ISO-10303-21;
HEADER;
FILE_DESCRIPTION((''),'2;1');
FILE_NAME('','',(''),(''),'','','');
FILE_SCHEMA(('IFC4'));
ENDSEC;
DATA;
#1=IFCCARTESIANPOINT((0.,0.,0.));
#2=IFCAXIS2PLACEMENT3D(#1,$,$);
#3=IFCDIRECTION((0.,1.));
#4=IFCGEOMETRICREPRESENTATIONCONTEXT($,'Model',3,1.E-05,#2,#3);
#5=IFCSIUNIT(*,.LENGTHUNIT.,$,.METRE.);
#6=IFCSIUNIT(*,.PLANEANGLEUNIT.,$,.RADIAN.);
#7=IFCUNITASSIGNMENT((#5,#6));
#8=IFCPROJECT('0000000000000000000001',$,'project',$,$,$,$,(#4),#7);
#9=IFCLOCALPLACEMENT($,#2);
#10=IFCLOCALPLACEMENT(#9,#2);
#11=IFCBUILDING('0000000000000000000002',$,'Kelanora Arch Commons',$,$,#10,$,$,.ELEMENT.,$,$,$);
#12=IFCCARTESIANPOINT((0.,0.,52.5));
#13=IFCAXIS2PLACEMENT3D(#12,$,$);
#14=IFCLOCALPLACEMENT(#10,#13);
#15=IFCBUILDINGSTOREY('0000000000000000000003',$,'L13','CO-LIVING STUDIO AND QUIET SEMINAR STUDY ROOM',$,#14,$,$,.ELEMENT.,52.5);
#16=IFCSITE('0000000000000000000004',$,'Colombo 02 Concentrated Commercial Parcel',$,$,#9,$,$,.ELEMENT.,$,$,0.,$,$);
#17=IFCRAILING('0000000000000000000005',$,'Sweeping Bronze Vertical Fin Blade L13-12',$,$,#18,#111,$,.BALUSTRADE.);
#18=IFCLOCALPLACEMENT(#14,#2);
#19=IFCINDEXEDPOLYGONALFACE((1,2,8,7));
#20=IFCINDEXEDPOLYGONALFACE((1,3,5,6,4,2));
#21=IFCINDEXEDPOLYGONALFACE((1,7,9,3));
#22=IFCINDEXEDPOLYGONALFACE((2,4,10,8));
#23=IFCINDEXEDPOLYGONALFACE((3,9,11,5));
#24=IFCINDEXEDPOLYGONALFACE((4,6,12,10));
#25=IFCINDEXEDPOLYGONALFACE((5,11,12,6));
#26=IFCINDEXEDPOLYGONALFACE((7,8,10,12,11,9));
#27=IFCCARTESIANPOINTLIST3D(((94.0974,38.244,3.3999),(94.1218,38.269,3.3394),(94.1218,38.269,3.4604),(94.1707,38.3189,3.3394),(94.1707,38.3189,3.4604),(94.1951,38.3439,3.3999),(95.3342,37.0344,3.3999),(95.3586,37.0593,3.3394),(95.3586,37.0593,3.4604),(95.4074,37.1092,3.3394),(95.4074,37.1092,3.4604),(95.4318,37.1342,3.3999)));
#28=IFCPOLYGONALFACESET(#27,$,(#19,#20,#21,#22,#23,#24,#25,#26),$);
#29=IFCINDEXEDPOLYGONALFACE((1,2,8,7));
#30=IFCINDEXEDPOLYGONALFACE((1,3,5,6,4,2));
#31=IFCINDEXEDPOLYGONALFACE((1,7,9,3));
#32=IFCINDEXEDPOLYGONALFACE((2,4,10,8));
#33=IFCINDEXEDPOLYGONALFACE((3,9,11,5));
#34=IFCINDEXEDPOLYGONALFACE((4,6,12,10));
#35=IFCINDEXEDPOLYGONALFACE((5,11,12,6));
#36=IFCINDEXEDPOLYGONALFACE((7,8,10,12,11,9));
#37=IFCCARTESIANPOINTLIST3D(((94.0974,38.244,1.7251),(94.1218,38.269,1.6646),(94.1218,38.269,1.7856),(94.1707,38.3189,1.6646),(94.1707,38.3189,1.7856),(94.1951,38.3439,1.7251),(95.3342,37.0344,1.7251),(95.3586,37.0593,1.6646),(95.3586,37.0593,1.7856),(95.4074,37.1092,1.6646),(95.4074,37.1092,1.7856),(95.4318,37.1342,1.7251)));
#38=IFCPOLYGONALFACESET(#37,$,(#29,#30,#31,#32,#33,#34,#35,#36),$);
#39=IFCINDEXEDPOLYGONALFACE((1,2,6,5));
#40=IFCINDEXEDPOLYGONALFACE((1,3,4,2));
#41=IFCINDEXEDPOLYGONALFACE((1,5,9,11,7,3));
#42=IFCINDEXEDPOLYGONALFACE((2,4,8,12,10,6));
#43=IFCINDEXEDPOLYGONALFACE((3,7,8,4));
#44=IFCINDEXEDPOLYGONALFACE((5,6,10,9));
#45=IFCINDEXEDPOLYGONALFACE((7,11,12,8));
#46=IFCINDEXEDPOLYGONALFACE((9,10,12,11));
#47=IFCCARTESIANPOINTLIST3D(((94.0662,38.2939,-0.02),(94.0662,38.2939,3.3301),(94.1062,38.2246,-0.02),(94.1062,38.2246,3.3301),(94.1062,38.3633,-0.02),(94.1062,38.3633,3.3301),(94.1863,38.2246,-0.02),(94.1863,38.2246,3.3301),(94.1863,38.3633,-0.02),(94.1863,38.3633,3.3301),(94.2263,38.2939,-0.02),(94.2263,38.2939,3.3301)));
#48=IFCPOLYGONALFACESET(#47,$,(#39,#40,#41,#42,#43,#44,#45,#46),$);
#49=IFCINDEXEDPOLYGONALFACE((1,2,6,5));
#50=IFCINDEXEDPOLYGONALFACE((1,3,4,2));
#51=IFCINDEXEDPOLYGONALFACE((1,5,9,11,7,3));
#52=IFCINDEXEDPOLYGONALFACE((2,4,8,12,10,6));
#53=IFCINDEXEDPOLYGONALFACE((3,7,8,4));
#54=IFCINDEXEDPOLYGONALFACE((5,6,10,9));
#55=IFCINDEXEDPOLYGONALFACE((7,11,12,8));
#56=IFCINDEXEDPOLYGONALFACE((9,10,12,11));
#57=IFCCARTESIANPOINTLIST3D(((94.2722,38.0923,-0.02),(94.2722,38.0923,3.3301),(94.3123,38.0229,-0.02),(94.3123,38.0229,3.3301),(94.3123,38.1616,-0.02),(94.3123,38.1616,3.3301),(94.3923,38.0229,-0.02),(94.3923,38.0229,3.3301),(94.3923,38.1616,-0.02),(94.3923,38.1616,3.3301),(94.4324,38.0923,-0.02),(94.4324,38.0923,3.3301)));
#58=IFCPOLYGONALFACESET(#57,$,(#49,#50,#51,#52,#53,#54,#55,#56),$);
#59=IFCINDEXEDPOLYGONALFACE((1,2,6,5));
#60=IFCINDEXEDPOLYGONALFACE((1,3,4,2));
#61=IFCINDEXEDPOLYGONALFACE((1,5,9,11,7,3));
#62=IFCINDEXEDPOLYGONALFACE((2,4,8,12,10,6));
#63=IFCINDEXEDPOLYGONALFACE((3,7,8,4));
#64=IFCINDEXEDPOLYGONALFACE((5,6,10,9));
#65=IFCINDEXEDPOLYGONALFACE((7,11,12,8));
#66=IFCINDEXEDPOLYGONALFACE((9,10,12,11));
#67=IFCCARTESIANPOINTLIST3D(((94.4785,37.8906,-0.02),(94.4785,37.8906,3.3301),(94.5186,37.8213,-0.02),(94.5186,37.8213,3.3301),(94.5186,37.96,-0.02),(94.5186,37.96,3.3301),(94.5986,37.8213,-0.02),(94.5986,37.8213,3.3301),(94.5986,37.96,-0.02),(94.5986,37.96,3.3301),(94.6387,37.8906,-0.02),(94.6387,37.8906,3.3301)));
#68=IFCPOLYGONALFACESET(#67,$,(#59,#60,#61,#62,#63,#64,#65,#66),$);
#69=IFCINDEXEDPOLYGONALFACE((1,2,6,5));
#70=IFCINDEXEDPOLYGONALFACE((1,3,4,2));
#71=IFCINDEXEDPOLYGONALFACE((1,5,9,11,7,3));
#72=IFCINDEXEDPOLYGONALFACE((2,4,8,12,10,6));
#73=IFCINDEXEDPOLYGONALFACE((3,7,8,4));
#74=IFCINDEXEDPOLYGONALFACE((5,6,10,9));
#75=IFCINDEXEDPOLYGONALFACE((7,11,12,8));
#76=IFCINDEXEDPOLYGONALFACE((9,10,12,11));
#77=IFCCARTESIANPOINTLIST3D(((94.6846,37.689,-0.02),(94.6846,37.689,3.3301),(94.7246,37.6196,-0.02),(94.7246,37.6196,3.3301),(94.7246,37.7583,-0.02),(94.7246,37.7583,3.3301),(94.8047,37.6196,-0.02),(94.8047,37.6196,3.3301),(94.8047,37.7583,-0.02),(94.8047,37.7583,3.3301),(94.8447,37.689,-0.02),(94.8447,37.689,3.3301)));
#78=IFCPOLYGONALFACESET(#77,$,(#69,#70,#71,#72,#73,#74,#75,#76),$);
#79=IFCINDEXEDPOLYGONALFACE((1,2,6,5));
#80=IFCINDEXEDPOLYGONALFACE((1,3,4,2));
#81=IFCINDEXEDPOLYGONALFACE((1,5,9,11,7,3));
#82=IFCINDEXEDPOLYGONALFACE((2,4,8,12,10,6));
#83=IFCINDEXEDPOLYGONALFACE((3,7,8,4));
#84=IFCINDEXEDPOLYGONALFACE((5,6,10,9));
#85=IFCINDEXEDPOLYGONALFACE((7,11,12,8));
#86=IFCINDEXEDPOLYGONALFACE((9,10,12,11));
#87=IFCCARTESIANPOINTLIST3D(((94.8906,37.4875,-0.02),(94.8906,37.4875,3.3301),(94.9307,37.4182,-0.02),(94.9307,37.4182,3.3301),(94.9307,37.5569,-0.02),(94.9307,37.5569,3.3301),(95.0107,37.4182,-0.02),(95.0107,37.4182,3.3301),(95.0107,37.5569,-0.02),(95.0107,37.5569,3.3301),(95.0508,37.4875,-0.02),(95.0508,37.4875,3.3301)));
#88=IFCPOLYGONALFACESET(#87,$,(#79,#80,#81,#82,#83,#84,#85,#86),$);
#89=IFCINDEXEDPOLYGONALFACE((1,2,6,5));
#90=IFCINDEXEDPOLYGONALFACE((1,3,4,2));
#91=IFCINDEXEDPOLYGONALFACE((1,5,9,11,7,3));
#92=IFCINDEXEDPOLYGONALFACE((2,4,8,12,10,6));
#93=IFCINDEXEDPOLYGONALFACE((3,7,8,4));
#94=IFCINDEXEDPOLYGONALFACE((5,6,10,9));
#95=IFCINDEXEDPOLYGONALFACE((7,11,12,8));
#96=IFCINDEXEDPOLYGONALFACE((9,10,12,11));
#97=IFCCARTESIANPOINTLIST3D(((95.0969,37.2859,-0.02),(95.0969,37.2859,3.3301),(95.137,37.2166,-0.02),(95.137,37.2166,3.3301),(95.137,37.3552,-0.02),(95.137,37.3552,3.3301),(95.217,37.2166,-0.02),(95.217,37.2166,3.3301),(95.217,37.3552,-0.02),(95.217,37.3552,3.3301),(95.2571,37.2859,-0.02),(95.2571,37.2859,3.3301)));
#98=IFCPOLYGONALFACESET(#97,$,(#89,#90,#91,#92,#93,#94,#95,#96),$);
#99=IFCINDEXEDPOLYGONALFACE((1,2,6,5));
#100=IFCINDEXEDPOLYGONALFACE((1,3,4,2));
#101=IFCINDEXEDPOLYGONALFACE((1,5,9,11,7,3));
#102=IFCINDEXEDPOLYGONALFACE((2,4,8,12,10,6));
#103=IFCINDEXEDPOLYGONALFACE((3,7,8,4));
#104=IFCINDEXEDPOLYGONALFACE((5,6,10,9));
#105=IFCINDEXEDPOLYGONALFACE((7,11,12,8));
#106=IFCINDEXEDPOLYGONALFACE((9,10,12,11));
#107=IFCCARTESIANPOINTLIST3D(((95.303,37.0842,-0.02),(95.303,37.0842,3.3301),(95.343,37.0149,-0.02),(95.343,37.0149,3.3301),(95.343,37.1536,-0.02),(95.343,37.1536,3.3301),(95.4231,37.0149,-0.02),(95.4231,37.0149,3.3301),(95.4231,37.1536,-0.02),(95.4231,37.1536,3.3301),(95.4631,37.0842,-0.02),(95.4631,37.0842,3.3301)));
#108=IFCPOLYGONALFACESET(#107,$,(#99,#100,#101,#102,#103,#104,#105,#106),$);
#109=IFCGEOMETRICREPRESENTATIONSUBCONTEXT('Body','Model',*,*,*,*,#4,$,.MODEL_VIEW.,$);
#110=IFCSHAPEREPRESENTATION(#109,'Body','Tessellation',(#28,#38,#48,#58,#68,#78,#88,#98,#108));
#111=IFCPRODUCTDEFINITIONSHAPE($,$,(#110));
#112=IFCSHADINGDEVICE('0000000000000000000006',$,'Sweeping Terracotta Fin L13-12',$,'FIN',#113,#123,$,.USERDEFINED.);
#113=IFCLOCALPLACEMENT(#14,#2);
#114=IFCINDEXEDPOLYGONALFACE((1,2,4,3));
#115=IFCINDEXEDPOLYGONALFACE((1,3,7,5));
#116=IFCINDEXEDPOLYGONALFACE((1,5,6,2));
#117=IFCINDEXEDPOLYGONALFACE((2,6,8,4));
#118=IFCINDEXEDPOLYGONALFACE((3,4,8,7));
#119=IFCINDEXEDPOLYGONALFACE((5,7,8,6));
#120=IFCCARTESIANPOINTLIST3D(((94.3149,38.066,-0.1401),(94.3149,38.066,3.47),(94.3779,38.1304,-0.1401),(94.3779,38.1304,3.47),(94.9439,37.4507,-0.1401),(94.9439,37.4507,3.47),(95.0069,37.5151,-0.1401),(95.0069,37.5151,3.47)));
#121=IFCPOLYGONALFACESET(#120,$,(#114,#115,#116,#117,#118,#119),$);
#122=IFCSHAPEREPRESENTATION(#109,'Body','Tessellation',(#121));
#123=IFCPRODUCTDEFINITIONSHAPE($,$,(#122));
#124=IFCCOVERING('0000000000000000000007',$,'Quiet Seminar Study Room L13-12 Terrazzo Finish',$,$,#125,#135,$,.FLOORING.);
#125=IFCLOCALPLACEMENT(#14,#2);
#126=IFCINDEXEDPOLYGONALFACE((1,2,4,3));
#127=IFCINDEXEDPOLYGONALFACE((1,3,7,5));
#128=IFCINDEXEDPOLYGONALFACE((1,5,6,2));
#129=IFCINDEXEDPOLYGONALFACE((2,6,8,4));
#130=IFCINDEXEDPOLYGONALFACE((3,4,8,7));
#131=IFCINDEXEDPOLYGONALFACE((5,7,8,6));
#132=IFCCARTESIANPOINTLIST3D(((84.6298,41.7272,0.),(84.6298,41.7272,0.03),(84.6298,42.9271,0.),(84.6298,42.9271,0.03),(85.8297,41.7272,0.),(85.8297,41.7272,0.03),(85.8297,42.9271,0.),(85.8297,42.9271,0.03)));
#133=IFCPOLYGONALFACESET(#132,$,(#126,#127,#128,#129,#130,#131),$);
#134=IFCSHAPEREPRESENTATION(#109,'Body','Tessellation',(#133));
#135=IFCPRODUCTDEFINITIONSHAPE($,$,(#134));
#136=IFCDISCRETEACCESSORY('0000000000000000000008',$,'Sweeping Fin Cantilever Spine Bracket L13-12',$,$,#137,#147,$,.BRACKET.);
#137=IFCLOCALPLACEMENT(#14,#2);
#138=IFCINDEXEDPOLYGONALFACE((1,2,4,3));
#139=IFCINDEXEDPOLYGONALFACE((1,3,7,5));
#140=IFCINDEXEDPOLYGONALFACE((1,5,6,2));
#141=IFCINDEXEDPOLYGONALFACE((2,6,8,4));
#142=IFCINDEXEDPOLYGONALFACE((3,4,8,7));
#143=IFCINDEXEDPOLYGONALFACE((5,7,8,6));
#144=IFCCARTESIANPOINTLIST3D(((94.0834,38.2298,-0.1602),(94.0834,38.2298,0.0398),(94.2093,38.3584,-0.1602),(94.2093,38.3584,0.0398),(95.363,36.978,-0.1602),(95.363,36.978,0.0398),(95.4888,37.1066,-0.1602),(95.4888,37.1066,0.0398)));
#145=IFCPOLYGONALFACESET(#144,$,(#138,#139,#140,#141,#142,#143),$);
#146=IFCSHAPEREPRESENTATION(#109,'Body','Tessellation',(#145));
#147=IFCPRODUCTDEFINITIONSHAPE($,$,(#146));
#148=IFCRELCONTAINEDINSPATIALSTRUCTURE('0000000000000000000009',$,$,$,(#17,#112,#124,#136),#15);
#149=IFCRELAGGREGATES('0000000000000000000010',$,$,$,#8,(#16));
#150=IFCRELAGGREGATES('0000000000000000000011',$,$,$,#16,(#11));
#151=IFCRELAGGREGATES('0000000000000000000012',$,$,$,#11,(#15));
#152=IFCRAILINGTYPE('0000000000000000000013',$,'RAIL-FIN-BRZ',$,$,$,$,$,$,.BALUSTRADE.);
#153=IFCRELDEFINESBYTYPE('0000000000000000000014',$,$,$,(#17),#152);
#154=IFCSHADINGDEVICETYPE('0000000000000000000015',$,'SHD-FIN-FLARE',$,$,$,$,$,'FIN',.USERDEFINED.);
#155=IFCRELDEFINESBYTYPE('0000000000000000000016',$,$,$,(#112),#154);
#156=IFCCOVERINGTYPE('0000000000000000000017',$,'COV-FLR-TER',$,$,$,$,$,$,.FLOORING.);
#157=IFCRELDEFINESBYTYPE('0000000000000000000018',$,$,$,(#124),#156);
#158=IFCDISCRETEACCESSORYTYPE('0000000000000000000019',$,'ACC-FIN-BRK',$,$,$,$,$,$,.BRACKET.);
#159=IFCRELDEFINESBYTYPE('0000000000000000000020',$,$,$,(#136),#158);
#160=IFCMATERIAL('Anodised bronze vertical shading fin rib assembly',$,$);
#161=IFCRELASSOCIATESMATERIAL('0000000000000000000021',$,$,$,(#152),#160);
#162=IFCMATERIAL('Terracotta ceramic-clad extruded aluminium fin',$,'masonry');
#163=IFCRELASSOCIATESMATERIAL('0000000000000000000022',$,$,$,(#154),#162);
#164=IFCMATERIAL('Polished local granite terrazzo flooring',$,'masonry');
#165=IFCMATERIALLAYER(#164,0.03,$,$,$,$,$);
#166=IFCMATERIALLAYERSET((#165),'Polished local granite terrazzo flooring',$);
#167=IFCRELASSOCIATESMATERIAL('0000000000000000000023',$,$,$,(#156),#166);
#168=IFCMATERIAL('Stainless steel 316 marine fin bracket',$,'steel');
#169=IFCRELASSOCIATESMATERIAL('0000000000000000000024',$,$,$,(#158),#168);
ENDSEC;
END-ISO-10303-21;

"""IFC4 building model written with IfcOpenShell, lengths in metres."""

from ifc_helpers import new_model, si_unit, direction, frame, origin, origin_2d, place, context, subcontext, project, spatial, polyline, rectangle, outline, extrude, source, transform, mapped, material, layer, layer_set, type_object, element, save


model = new_model("IFC4")

# Units and contexts
model_context = context("Model", 3, precision=1e-05, world=origin(), true_north=direction((0.0, 1.0)))
body_context = subcontext(model_context, "Body", "Model", "MODEL_VIEW")
ifc_project = project(units=[si_unit("LENGTHUNIT", "METRE"), si_unit("PLANEANGLEUNIT", "RADIAN")], contexts=[model_context])

# Site, building, storey
site_placement = place(None, origin())
site = spatial("IfcSite", under=ifc_project, at=site_placement, Name="Colombo 02 Concentrated Commercial Parcel", CompositionType="ELEMENT", RefElevation=0.0)
building_placement = place(site_placement, origin())
building = spatial("IfcBuilding", under=site, at=building_placement, Name="Kelanora Arch Commons", CompositionType="ELEMENT")
storey_placement = place(building_placement, frame((0.0, 0.0, 52.5)))
storey = spatial("IfcBuildingStorey", under=building, at=storey_placement, Name="L13", Description="CO-LIVING STUDIO AND QUIET SEMINAR STUDY ROOM", CompositionType="ELEMENT", Elevation=52.5)

# Railing
ifc_material_1 = material(Name="Anodised bronze vertical shading fin rib assembly")
railing_type = type_object("IfcRailingType", Name="RAIL-FIN-BRZ", PredefinedType="BALUSTRADE", material=ifc_material_1)
railing_placement = place(storey_placement, frame((94.1462, 38.2939, -0.02)))
element("IfcRailing", 1, at=railing_placement, inside=storey, type_object=railing_type, Name="Sweeping Bronze Vertical Fin Blade L13-12", PredefinedType="BALUSTRADE", context=body_context, shape_type="SweptSolid", body=[
    extrude(outline(polyline([(0.0698, 0.0), (0.0349, 0.0605), (-0.0349, 0.0605), (-0.0698, 0.0), (-0.0349, -0.0605), (0.0349, -0.0605), (0.0698, 0.0)])), frame((0.0, 0.0, 3.4199), z_axis=(0.714895, -0.699231, 0.0), x_axis=(0.699231, 0.714895, 0.0)), (0.0, 0.0, 1.0), 1.73),
    extrude(outline(polyline([(0.0698, 0.0), (0.0349, 0.0605), (-0.0349, 0.0605), (-0.0698, 0.0), (-0.0349, -0.0605), (0.0349, -0.0605), (0.0698, 0.0)])), frame((0.0, 0.0, 1.7451), z_axis=(0.714895, -0.699231, 0.0), x_axis=(0.699231, 0.714895, 0.0)), (0.0, 0.0, 1.0), 1.73),
    extrude(outline(polyline([(0.0801, 0.0), (0.04, 0.0693), (-0.04, 0.0693), (-0.0801, 0.0), (-0.04, -0.0693), (0.04, -0.0693), (0.0801, 0.0)])), origin(), (0.0, 0.0, 1.0), 3.3501),
    extrude(outline(polyline([(0.0801, 0.0), (0.04, 0.0693), (-0.04, 0.0693), (-0.0801, 0.0), (-0.04, -0.0693), (0.04, -0.0693), (0.0801, 0.0)])), frame((0.2061, -0.2017, 0.0)), (0.0, 0.0, 1.0), 3.3501),
    extrude(outline(polyline([(0.0801, 0.0), (0.04, 0.0693), (-0.04, 0.0693), (-0.0801, 0.0), (-0.04, -0.0693), (0.04, -0.0693), (0.0801, 0.0)])), frame((0.4124, -0.4033, 0.0)), (0.0, 0.0, 1.0), 3.3501),
    extrude(outline(polyline([(0.0801, 0.0), (0.04, 0.0693), (-0.04, 0.0693), (-0.0801, 0.0), (-0.04, -0.0693), (0.04, -0.0693), (0.0801, 0.0)])), frame((0.6184, -0.605, 0.0)), (0.0, 0.0, 1.0), 3.3501),
    extrude(outline(polyline([(0.0801, 0.0), (0.04, 0.0693), (-0.04, 0.0693), (-0.0801, 0.0), (-0.04, -0.0693), (0.04, -0.0693), (0.0801, 0.0)])), frame((0.8245, -0.8064, 0.0)), (0.0, 0.0, 1.0), 3.3501),
    extrude(outline(polyline([(0.0801, 0.0), (0.04, 0.0693), (-0.04, 0.0693), (-0.0801, 0.0), (-0.04, -0.0693), (0.04, -0.0693), (0.0801, 0.0)])), frame((1.0308, -1.0081, 0.0)), (0.0, 0.0, 1.0), 3.3501),
    extrude(outline(polyline([(0.0801, 0.0), (0.04, 0.0693), (-0.04, 0.0693), (-0.0801, 0.0), (-0.04, -0.0693), (0.04, -0.0693), (0.0801, 0.0)])), frame((1.2368, -1.2097, 0.0)), (0.0, 0.0, 1.0), 3.3501),
])

# Shading device
ifc_material_2 = material(Name="Terracotta ceramic-clad extruded aluminium fin", Category="masonry")
shading_device_type = type_object("IfcShadingDeviceType", Name="SHD-FIN-FLARE", ElementType="FIN", PredefinedType="USERDEFINED", material=ifc_material_2)
shared_shape_1 = source(origin(), body_context, "Body", "SweptSolid", [
    extrude(rectangle(XDim=0.8799, YDim=0.0901, at=origin_2d()), origin(), (0.0, 0.0, 1.0), 3.6101),
])
shading_device_placement = place(storey_placement, frame((94.6609, 37.7905, -0.1401), z_axis=(0.0, 0.0, 1.0), x_axis=(0.714839, -0.699289, 0.0)))
element("IfcShadingDevice", 2, at=shading_device_placement, inside=storey, type_object=shading_device_type, Name="Sweeping Terracotta Fin L13-12", ObjectType="FIN", PredefinedType="USERDEFINED", context=body_context, shape_type="MappedRepresentation", body=[
    mapped(shared_shape_1, transform((0.0, 0.0, 0.0), scale=1.0)),
])

# Covering
ifc_material_3 = material(Name="Polished local granite terrazzo flooring", Category="masonry")
ifc_layer_1 = layer(ifc_material_3, 0.03)
ifc_layer_set_1 = layer_set([ifc_layer_1], Name="Polished local granite terrazzo flooring")
covering_type = type_object("IfcCoveringType", Name="COV-FLR-TER", PredefinedType="FLOORING", material=ifc_layer_set_1)
shared_shape_2 = source(origin(), body_context, "Body", "SweptSolid", [
    extrude(rectangle(XDim=1.2, YDim=1.2, at=origin_2d()), origin(), (0.0, 0.0, 1.0), 0.03),
])
covering_placement = place(storey_placement, frame((85.2297, 42.3271, 0.0), z_axis=(0.0, 0.0, 1.0), x_axis=(1.0, 0.0, 0.0)))
element("IfcCovering", 3, at=covering_placement, inside=storey, type_object=covering_type, Name="Quiet Seminar Study Room L13-12 Terrazzo Finish", PredefinedType="FLOORING", context=body_context, shape_type="MappedRepresentation", body=[
    mapped(shared_shape_2, transform((0.0, 0.0, 0.0), scale=1.0)),
])

# Discrete accessory
ifc_material_4 = material(Name="Stainless steel 316 marine fin bracket", Category="steel")
discrete_accessory_type = type_object("IfcDiscreteAccessoryType", Name="ACC-FIN-BRK", PredefinedType="BRACKET", material=ifc_material_4)
shared_shape_3 = source(origin(), body_context, "Body", "SweptSolid", [
    extrude(rectangle(XDim=1.79, YDim=0.1799, at=origin_2d()), origin(), (0.0, 0.0, 1.0), 0.2),
])
discrete_accessory_placement = place(storey_placement, frame((94.7861, 37.6682, -0.1602), z_axis=(0.0, 0.0, 1.0), x_axis=(0.714839, -0.699289, 0.0)))
element("IfcDiscreteAccessory", 4, at=discrete_accessory_placement, inside=storey, type_object=discrete_accessory_type, Name="Sweeping Fin Cantilever Spine Bracket L13-12", PredefinedType="BRACKET", context=body_context, shape_type="MappedRepresentation", body=[
    mapped(shared_shape_3, transform((0.0, 0.0, 0.0), scale=1.0)),
])

save(model, "model.ifc")
